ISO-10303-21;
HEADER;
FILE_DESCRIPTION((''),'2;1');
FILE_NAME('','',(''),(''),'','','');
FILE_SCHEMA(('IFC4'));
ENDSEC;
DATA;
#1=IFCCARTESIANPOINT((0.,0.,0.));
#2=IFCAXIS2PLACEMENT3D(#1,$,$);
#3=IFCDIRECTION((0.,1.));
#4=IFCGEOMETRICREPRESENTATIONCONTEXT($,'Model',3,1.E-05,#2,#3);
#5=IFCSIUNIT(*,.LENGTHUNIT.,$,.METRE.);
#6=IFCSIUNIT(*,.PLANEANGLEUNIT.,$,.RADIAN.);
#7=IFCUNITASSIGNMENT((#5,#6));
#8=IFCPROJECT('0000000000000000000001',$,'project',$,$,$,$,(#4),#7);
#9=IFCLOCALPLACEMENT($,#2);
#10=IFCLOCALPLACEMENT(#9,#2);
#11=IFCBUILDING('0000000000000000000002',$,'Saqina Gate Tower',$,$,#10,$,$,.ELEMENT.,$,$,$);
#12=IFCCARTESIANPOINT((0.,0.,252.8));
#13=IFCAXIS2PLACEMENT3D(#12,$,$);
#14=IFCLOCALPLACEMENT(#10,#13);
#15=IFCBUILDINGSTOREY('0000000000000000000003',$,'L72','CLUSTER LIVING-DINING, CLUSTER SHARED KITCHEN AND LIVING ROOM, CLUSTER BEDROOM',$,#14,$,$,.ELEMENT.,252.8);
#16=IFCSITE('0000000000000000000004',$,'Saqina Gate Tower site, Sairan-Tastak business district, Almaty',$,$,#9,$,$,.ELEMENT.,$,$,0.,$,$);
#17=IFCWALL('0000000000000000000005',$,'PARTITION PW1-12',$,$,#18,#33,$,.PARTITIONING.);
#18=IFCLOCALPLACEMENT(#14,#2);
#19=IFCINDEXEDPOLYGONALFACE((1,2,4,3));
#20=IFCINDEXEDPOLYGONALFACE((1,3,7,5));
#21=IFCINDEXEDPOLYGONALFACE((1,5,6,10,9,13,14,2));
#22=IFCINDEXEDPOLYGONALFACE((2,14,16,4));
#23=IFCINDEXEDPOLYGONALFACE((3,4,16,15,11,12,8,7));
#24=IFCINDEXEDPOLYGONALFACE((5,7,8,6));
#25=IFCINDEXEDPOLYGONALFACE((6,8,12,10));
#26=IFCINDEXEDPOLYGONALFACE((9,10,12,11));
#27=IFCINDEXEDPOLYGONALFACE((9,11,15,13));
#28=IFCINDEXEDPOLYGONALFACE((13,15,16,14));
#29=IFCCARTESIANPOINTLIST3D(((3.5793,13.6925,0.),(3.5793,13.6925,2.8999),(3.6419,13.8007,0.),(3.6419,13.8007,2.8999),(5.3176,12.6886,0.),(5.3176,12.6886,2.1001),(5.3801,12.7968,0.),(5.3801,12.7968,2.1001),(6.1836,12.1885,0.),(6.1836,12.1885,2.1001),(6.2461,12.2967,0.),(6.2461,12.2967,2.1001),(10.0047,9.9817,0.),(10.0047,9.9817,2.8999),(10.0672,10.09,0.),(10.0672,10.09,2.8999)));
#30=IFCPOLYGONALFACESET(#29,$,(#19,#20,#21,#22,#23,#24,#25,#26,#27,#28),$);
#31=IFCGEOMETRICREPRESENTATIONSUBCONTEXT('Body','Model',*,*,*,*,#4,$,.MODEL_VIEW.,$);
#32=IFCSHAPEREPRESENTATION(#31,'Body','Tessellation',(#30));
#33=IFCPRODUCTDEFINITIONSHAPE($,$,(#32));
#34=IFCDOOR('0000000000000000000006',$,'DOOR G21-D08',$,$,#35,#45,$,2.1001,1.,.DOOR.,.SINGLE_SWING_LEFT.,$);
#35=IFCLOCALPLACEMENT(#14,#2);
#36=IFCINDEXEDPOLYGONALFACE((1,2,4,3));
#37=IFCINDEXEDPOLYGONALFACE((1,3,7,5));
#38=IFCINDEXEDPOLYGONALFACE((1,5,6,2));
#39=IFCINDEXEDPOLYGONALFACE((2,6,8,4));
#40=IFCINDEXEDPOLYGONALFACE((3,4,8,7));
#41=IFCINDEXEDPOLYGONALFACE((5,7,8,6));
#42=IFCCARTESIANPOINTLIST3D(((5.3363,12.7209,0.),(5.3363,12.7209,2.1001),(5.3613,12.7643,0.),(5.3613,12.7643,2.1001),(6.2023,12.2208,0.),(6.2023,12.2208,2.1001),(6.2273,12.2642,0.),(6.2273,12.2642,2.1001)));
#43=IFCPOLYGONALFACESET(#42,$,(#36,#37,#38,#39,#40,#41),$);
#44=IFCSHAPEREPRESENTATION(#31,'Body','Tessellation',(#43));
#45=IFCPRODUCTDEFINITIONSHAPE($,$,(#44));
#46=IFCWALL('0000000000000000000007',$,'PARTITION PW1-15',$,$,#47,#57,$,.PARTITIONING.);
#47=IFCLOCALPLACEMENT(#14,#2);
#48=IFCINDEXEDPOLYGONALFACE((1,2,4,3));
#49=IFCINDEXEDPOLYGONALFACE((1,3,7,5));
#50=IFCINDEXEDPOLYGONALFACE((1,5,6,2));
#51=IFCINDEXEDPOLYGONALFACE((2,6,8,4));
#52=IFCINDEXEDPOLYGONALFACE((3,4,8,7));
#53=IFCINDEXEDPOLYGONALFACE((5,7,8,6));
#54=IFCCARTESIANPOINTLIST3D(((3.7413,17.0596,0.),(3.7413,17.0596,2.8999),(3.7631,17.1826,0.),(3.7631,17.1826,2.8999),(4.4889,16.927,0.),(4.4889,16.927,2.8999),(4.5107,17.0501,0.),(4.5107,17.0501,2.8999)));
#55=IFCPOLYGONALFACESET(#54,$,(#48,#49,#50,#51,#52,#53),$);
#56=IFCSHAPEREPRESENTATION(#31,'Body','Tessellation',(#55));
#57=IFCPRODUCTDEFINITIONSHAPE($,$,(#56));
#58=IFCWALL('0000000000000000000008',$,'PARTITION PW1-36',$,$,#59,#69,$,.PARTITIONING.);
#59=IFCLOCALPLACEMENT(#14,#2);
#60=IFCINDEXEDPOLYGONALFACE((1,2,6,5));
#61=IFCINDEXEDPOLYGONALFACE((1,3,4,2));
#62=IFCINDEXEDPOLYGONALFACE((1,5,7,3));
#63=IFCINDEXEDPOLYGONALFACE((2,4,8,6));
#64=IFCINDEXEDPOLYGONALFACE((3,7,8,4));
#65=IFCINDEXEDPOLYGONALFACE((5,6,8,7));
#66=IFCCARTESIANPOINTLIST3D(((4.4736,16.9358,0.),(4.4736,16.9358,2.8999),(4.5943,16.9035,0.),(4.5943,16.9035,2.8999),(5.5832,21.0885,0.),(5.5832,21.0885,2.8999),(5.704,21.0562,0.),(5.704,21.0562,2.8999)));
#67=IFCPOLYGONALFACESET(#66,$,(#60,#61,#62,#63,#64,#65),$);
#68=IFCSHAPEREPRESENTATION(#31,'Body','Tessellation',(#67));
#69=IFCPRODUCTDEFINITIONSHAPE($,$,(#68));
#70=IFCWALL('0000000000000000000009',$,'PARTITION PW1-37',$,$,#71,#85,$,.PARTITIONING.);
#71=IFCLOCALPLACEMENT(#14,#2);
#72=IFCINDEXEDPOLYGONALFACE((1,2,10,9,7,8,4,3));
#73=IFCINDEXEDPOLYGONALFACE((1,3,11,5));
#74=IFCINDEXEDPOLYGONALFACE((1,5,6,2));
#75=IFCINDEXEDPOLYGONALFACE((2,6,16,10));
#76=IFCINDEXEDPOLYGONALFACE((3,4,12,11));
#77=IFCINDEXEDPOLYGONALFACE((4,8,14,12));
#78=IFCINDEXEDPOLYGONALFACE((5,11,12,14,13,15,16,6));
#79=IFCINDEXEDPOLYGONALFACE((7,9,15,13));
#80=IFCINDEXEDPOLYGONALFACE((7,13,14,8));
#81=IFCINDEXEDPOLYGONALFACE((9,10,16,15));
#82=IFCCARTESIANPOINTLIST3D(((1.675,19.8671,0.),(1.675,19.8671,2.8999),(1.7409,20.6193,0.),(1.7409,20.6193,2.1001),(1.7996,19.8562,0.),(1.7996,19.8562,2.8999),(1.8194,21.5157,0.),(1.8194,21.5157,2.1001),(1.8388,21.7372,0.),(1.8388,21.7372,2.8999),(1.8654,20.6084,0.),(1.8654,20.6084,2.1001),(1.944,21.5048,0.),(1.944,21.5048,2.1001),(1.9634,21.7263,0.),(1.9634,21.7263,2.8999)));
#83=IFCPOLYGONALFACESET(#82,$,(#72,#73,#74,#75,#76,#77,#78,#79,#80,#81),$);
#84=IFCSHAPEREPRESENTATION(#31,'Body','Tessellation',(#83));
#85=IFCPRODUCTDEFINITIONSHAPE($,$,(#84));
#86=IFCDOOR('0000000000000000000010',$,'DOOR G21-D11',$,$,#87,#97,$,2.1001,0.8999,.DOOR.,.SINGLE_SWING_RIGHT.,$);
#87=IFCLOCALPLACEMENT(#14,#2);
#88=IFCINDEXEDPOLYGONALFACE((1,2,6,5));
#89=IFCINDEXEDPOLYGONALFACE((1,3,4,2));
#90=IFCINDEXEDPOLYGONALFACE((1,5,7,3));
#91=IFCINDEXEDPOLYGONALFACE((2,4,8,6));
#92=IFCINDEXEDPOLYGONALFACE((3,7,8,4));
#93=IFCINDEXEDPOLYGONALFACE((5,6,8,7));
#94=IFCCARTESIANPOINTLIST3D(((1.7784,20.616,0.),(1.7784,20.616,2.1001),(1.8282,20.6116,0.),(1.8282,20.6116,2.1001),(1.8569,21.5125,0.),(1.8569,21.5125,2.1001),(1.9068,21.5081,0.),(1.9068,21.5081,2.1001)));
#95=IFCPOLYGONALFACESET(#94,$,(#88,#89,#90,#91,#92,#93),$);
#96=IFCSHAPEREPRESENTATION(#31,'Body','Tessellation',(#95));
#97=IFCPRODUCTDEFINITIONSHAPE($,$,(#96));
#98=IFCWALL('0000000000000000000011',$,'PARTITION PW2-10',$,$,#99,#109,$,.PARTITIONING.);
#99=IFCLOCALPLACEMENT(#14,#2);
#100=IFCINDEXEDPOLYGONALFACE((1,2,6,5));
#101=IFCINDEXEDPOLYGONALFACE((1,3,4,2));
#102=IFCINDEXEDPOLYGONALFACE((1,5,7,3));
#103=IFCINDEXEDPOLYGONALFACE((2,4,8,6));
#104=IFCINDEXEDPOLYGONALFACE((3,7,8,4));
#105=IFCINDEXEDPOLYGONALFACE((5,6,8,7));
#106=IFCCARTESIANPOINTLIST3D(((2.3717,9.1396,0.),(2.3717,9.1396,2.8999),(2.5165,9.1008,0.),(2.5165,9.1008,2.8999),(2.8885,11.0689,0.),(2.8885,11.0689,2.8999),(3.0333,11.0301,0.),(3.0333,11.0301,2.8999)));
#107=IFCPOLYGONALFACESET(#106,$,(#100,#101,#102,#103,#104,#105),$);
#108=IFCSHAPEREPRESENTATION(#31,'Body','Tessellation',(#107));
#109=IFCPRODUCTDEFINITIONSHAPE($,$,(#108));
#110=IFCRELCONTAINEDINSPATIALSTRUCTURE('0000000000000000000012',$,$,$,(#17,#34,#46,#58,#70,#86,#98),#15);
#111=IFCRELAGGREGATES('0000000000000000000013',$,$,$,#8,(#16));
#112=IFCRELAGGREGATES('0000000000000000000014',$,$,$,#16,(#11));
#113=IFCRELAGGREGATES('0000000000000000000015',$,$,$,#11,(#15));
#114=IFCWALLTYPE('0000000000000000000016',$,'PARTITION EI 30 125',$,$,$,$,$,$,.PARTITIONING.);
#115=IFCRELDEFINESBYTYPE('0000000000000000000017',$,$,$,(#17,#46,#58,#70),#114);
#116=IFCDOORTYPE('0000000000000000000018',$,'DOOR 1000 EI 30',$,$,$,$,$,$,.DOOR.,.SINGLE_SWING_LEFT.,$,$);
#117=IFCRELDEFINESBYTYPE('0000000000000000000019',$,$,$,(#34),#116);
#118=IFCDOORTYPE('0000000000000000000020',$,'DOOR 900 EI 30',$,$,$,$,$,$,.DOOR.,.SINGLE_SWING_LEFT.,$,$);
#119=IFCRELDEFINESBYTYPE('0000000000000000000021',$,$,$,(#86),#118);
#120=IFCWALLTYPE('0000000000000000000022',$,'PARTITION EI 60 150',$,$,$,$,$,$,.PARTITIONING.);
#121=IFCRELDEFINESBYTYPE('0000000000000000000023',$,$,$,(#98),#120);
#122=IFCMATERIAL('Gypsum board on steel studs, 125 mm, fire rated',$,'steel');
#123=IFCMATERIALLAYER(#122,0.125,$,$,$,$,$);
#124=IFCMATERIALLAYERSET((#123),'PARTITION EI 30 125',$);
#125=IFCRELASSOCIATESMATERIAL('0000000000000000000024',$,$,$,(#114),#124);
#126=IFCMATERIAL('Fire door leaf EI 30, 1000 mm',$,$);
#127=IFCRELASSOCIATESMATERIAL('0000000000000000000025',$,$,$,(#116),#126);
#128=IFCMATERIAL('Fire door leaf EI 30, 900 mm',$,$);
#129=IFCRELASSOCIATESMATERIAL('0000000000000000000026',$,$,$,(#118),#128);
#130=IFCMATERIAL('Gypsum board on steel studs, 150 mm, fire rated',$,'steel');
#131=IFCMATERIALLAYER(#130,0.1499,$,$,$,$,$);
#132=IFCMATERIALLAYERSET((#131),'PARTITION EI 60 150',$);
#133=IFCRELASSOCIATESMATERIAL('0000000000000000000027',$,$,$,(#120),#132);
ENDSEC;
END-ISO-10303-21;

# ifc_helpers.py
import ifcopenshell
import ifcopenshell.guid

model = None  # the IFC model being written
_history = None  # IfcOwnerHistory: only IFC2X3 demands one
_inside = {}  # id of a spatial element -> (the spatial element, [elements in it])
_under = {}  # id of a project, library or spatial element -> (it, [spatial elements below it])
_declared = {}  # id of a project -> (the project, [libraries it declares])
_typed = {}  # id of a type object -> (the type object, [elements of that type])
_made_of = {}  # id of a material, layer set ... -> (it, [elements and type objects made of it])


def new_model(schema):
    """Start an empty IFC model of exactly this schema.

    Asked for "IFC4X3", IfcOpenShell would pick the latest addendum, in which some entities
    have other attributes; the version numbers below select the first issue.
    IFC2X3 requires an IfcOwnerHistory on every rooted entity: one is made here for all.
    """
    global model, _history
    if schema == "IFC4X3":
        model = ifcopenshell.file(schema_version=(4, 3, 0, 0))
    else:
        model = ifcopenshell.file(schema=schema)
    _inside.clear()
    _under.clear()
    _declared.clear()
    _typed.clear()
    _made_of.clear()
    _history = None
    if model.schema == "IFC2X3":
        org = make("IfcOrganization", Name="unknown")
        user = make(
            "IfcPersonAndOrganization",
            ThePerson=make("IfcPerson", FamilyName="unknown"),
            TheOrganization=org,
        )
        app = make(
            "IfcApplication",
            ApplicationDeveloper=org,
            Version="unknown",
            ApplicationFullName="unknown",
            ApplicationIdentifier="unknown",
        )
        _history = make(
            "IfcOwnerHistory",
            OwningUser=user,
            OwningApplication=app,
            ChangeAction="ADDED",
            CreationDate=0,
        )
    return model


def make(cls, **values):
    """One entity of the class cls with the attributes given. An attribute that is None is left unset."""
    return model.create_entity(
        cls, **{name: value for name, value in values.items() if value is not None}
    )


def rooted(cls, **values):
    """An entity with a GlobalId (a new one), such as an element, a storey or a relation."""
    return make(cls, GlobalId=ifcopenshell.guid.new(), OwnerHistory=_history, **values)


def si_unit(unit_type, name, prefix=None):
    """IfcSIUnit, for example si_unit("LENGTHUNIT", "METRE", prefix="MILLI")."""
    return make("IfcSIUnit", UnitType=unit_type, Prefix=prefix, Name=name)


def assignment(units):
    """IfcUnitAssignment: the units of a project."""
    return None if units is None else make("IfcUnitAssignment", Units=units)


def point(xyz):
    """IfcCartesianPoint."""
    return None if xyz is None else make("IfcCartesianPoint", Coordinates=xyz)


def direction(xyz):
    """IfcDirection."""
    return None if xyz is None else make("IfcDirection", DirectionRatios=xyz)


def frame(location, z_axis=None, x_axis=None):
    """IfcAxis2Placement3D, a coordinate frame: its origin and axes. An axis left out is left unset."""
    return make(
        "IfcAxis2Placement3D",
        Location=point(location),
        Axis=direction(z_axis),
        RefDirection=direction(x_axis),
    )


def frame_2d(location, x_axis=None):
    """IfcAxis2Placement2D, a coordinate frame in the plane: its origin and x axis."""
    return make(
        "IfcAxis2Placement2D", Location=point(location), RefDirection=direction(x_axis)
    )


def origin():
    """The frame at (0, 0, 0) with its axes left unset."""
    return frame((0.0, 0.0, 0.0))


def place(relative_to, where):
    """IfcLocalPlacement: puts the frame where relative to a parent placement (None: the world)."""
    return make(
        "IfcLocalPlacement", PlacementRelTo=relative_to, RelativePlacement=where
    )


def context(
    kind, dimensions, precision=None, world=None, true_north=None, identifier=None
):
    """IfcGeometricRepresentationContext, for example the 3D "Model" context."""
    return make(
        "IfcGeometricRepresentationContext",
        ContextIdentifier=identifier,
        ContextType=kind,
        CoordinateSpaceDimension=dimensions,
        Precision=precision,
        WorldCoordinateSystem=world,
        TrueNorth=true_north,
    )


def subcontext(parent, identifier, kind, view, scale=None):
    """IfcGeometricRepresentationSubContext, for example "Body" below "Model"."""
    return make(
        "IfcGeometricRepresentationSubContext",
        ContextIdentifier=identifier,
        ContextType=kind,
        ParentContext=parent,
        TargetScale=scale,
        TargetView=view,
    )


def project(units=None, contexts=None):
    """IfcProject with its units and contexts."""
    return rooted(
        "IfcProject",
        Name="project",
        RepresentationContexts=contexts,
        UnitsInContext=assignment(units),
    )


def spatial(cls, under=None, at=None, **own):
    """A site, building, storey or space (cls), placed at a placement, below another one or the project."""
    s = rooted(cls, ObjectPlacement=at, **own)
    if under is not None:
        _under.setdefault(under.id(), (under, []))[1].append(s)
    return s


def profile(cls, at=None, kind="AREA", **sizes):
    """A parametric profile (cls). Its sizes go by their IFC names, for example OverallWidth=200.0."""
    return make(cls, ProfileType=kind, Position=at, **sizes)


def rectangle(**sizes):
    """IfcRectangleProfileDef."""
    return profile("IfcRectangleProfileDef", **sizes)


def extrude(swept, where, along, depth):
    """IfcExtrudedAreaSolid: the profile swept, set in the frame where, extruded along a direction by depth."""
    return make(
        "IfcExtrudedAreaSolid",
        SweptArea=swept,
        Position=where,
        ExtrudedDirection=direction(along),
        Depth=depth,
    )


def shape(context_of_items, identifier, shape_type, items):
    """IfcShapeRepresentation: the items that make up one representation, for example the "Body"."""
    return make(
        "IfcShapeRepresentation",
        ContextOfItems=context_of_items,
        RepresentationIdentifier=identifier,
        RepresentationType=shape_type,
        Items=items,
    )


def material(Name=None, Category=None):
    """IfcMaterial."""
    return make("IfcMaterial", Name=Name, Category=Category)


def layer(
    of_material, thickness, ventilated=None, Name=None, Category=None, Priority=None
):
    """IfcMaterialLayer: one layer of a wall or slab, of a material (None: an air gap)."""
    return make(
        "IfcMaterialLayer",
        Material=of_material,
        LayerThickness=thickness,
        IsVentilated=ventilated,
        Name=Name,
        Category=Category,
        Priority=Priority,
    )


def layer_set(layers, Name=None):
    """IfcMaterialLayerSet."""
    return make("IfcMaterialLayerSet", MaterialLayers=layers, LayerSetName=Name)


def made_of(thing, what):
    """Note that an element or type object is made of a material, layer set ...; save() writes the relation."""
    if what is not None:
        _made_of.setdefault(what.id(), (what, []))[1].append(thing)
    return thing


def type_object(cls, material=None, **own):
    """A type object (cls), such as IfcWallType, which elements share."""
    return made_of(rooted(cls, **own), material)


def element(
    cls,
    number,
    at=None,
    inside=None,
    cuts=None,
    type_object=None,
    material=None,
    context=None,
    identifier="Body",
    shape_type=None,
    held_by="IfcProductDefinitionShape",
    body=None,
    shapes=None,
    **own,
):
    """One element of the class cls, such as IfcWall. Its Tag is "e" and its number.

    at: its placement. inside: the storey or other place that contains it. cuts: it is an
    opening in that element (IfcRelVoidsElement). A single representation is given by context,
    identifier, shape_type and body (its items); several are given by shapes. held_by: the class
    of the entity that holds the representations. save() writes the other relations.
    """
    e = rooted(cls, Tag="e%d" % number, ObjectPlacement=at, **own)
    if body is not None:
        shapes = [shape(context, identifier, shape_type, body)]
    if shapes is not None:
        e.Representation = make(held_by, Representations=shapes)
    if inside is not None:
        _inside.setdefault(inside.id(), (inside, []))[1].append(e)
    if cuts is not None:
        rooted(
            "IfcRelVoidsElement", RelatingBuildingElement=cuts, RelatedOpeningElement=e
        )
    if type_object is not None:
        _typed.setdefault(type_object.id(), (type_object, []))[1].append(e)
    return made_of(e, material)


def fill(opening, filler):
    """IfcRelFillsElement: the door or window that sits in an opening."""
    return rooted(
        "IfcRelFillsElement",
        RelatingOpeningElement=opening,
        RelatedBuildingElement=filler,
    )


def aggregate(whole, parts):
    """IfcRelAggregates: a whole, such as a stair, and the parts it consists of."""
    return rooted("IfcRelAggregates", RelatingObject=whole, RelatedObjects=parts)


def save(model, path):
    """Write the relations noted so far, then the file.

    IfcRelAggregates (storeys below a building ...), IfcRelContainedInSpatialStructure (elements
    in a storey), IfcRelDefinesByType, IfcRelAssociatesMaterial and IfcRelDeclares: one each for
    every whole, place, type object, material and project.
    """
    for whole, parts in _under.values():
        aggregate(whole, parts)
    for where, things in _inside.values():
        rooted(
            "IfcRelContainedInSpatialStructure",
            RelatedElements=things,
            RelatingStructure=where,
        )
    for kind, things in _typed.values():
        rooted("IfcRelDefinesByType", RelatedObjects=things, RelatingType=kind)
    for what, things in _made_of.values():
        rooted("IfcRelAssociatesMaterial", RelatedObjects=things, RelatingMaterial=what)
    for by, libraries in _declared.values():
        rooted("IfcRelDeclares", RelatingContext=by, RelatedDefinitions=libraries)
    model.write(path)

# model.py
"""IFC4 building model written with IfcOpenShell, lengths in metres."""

from ifc_helpers import new_model, si_unit, direction, frame, frame_2d, origin, place, context, subcontext, project, spatial, rectangle, extrude, material, layer, layer_set, type_object, element, fill, save


model = new_model("IFC4")

# Units and contexts
model_context = context("Model", 3, precision=1e-05, world=origin(), true_north=direction((0.0, 1.0)))
body_context = subcontext(model_context, "Body", "Model", "MODEL_VIEW")
ifc_project = project(units=[si_unit("LENGTHUNIT", "METRE"), si_unit("PLANEANGLEUNIT", "RADIAN")], contexts=[model_context])

# Site, building, storey
site_placement = place(None, origin())
site = spatial("IfcSite", under=ifc_project, at=site_placement, Name="Saqina Gate Tower site, Sairan-Tastak business district, Almaty", CompositionType="ELEMENT", RefElevation=0.0)
building_placement = place(site_placement, origin())
building = spatial("IfcBuilding", under=site, at=building_placement, Name="Saqina Gate Tower", CompositionType="ELEMENT")
storey_placement = place(building_placement, frame((0.0, 0.0, 252.8)))
storey = spatial("IfcBuildingStorey", under=building, at=storey_placement, Name="L72", Description="CLUSTER LIVING-DINING, CLUSTER SHARED KITCHEN AND LIVING ROOM, CLUSTER BEDROOM", CompositionType="ELEMENT", Elevation=252.8)

# Wall, opening, door
ifc_material_1 = material(Name="Gypsum board on steel studs, 125 mm, fire rated", Category="steel")
ifc_layer_1 = layer(ifc_material_1, 0.125)
ifc_layer_set_1 = layer_set([ifc_layer_1], Name="PARTITION EI 30 125")
wall_type_1 = type_object("IfcWallType", Name="PARTITION EI 30 125", PredefinedType="PARTITIONING", material=ifc_layer_set_1)
ifc_material_2 = material(Name="Fire door leaf EI 30, 1000 mm")
door_type_1 = type_object("IfcDoorType", Name="DOOR 1000 EI 30", OperationType="SINGLE_SWING_LEFT", PredefinedType="DOOR", material=ifc_material_2)
wall_1_placement = place(storey_placement, frame((3.6106, 13.7466, 0.0), z_axis=(0.0, 0.0, 1.0), x_axis=(0.865964, -0.500106, 0.0)))
wall_1 = element("IfcWall", 1, at=wall_1_placement, inside=storey, type_object=wall_type_1, Name="PARTITION PW1-12", PredefinedType="PARTITIONING", context=body_context, shape_type="SweptSolid", body=[
    extrude(rectangle(XDim=7.4199, YDim=0.125, at=frame_2d((3.71, 0.0))), origin(), (0.0, 0.0, 1.0), 2.8999),
])
opening_1_placement = place(wall_1_placement, frame((2.0073, 0.0, 0.0)))
opening_1 = element("IfcOpeningElement", 2, at=opening_1_placement, cuts=wall_1, PredefinedType="OPENING", context=body_context, shape_type="SweptSolid", body=[
    extrude(rectangle(XDim=1.0, YDim=2.1001, at=frame_2d((0.5, 1.05))), frame((0.0, 0.0745, 0.0), z_axis=(0.0, -1.0, 0.0), x_axis=(1.0, 0.0, 0.0)), (0.0, 0.0, 1.0), 0.1489),
])
door_1_placement = place(opening_1_placement, origin())
door_1 = element("IfcDoor", 3, at=door_1_placement, inside=storey, type_object=door_type_1, Name="DOOR G21-D08", OperationType="SINGLE_SWING_LEFT", OverallHeight=2.1001, OverallWidth=1.0, PredefinedType="DOOR", context=body_context, shape_type="SweptSolid", body=[
    extrude(rectangle(XDim=1.0, YDim=2.1001, at=frame_2d((0.5, 1.05))), frame((0.0, 0.0249, 0.0), z_axis=(0.0, -1.0, 0.0), x_axis=(1.0, 0.0, 0.0)), (0.0, 0.0, 1.0), 0.05),
])
fill(opening_1, door_1)

# Walls
wall_2_placement = place(storey_placement, frame((3.7522, 17.1211, 0.0), z_axis=(0.0, 0.0, 1.0), x_axis=(0.984638, -0.174611, 0.0)))
element("IfcWall", 4, at=wall_2_placement, inside=storey, type_object=wall_type_1, Name="PARTITION PW1-15", PredefinedType="PARTITIONING", context=body_context, shape_type="SweptSolid", body=[
    extrude(rectangle(XDim=0.7593, YDim=0.125, at=frame_2d((0.3796, 0.0))), origin(), (0.0, 0.0, 1.0), 2.8999),
])
wall_3_placement = place(storey_placement, frame((4.5339, 16.9197, 0.0), z_axis=(0.0, 0.0, 1.0), x_axis=(0.258154, 0.966104, 0.0)))
element("IfcWall", 5, at=wall_3_placement, inside=storey, type_object=wall_type_1, Name="PARTITION PW1-36", PredefinedType="PARTITIONING", context=body_context, shape_type="SweptSolid", body=[
    extrude(rectangle(XDim=4.2983, YDim=0.125, at=frame_2d((2.1492, 0.0))), origin(), (0.0, 0.0, 1.0), 2.8999),
])

# Wall, opening, door
wall_4_placement = place(storey_placement, frame((1.7373, 19.8618, 0.0), z_axis=(0.0, 0.0, 1.0), x_axis=(0.087264, 0.996185, 0.0)))
wall_4 = element("IfcWall", 6, at=wall_4_placement, inside=storey, type_object=wall_type_1, Name="PARTITION PW1-37", PredefinedType="PARTITIONING", context=body_context, shape_type="SweptSolid", body=[
    extrude(rectangle(XDim=1.8772, YDim=0.125, at=frame_2d((0.9385, 0.0))), origin(), (0.0, 0.0, 1.0), 2.8999),
])
opening_2_placement = place(wall_4_placement, frame((0.7549, 0.0, 0.0)))
opening_2 = element("IfcOpeningElement", 7, at=opening_2_placement, cuts=wall_4, PredefinedType="OPENING", context=body_context, shape_type="SweptSolid", body=[
    extrude(rectangle(XDim=0.8999, YDim=2.1001, at=frame_2d((0.45, 1.05))), frame((0.0, 0.0745, 0.0), z_axis=(0.0, -1.0, 0.0), x_axis=(1.0, 0.0, 0.0)), (0.0, 0.0, 1.0), 0.1489),
])
ifc_material_3 = material(Name="Fire door leaf EI 30, 900 mm")
door_type_2 = type_object("IfcDoorType", Name="DOOR 900 EI 30", OperationType="SINGLE_SWING_LEFT", PredefinedType="DOOR", material=ifc_material_3)
door_2_placement = place(opening_2_placement, origin())
door_2 = element("IfcDoor", 8, at=door_2_placement, inside=storey, type_object=door_type_2, Name="DOOR G21-D11", OperationType="SINGLE_SWING_RIGHT", OverallHeight=2.1001, OverallWidth=0.8999, PredefinedType="DOOR", context=body_context, shape_type="SweptSolid", body=[
    extrude(rectangle(XDim=0.8999, YDim=2.1001, at=frame_2d((0.45, 1.05))), frame((0.0, 0.0249, 0.0), z_axis=(0.0, -1.0, 0.0), x_axis=(1.0, 0.0, 0.0)), (0.0, 0.0, 1.0), 0.05),
])
fill(opening_2, door_2)

# Wall
ifc_material_4 = material(Name="Gypsum board on steel studs, 150 mm, fire rated", Category="steel")
ifc_layer_2 = layer(ifc_material_4, 0.1499)
ifc_layer_set_2 = layer_set([ifc_layer_2], Name="PARTITION EI 60 150")
wall_type_2 = type_object("IfcWallType", Name="PARTITION EI 60 150", PredefinedType="PARTITIONING", material=ifc_layer_set_2)
wall_5_placement = place(storey_placement, frame((2.4441, 9.1204, 0.0), z_axis=(0.0, 0.0, 1.0), x_axis=(0.258781, 0.965936, 0.0)))
element("IfcWall", 9, at=wall_5_placement, inside=storey, type_object=wall_type_2, Name="PARTITION PW2-10", PredefinedType="PARTITIONING", context=body_context, shape_type="SweptSolid", body=[
    extrude(rectangle(XDim=1.9973, YDim=0.1499, at=frame_2d((0.9985, 0.0))), origin(), (0.0, 0.0, 1.0), 2.8999),
])

save(model, "model.ifc")
